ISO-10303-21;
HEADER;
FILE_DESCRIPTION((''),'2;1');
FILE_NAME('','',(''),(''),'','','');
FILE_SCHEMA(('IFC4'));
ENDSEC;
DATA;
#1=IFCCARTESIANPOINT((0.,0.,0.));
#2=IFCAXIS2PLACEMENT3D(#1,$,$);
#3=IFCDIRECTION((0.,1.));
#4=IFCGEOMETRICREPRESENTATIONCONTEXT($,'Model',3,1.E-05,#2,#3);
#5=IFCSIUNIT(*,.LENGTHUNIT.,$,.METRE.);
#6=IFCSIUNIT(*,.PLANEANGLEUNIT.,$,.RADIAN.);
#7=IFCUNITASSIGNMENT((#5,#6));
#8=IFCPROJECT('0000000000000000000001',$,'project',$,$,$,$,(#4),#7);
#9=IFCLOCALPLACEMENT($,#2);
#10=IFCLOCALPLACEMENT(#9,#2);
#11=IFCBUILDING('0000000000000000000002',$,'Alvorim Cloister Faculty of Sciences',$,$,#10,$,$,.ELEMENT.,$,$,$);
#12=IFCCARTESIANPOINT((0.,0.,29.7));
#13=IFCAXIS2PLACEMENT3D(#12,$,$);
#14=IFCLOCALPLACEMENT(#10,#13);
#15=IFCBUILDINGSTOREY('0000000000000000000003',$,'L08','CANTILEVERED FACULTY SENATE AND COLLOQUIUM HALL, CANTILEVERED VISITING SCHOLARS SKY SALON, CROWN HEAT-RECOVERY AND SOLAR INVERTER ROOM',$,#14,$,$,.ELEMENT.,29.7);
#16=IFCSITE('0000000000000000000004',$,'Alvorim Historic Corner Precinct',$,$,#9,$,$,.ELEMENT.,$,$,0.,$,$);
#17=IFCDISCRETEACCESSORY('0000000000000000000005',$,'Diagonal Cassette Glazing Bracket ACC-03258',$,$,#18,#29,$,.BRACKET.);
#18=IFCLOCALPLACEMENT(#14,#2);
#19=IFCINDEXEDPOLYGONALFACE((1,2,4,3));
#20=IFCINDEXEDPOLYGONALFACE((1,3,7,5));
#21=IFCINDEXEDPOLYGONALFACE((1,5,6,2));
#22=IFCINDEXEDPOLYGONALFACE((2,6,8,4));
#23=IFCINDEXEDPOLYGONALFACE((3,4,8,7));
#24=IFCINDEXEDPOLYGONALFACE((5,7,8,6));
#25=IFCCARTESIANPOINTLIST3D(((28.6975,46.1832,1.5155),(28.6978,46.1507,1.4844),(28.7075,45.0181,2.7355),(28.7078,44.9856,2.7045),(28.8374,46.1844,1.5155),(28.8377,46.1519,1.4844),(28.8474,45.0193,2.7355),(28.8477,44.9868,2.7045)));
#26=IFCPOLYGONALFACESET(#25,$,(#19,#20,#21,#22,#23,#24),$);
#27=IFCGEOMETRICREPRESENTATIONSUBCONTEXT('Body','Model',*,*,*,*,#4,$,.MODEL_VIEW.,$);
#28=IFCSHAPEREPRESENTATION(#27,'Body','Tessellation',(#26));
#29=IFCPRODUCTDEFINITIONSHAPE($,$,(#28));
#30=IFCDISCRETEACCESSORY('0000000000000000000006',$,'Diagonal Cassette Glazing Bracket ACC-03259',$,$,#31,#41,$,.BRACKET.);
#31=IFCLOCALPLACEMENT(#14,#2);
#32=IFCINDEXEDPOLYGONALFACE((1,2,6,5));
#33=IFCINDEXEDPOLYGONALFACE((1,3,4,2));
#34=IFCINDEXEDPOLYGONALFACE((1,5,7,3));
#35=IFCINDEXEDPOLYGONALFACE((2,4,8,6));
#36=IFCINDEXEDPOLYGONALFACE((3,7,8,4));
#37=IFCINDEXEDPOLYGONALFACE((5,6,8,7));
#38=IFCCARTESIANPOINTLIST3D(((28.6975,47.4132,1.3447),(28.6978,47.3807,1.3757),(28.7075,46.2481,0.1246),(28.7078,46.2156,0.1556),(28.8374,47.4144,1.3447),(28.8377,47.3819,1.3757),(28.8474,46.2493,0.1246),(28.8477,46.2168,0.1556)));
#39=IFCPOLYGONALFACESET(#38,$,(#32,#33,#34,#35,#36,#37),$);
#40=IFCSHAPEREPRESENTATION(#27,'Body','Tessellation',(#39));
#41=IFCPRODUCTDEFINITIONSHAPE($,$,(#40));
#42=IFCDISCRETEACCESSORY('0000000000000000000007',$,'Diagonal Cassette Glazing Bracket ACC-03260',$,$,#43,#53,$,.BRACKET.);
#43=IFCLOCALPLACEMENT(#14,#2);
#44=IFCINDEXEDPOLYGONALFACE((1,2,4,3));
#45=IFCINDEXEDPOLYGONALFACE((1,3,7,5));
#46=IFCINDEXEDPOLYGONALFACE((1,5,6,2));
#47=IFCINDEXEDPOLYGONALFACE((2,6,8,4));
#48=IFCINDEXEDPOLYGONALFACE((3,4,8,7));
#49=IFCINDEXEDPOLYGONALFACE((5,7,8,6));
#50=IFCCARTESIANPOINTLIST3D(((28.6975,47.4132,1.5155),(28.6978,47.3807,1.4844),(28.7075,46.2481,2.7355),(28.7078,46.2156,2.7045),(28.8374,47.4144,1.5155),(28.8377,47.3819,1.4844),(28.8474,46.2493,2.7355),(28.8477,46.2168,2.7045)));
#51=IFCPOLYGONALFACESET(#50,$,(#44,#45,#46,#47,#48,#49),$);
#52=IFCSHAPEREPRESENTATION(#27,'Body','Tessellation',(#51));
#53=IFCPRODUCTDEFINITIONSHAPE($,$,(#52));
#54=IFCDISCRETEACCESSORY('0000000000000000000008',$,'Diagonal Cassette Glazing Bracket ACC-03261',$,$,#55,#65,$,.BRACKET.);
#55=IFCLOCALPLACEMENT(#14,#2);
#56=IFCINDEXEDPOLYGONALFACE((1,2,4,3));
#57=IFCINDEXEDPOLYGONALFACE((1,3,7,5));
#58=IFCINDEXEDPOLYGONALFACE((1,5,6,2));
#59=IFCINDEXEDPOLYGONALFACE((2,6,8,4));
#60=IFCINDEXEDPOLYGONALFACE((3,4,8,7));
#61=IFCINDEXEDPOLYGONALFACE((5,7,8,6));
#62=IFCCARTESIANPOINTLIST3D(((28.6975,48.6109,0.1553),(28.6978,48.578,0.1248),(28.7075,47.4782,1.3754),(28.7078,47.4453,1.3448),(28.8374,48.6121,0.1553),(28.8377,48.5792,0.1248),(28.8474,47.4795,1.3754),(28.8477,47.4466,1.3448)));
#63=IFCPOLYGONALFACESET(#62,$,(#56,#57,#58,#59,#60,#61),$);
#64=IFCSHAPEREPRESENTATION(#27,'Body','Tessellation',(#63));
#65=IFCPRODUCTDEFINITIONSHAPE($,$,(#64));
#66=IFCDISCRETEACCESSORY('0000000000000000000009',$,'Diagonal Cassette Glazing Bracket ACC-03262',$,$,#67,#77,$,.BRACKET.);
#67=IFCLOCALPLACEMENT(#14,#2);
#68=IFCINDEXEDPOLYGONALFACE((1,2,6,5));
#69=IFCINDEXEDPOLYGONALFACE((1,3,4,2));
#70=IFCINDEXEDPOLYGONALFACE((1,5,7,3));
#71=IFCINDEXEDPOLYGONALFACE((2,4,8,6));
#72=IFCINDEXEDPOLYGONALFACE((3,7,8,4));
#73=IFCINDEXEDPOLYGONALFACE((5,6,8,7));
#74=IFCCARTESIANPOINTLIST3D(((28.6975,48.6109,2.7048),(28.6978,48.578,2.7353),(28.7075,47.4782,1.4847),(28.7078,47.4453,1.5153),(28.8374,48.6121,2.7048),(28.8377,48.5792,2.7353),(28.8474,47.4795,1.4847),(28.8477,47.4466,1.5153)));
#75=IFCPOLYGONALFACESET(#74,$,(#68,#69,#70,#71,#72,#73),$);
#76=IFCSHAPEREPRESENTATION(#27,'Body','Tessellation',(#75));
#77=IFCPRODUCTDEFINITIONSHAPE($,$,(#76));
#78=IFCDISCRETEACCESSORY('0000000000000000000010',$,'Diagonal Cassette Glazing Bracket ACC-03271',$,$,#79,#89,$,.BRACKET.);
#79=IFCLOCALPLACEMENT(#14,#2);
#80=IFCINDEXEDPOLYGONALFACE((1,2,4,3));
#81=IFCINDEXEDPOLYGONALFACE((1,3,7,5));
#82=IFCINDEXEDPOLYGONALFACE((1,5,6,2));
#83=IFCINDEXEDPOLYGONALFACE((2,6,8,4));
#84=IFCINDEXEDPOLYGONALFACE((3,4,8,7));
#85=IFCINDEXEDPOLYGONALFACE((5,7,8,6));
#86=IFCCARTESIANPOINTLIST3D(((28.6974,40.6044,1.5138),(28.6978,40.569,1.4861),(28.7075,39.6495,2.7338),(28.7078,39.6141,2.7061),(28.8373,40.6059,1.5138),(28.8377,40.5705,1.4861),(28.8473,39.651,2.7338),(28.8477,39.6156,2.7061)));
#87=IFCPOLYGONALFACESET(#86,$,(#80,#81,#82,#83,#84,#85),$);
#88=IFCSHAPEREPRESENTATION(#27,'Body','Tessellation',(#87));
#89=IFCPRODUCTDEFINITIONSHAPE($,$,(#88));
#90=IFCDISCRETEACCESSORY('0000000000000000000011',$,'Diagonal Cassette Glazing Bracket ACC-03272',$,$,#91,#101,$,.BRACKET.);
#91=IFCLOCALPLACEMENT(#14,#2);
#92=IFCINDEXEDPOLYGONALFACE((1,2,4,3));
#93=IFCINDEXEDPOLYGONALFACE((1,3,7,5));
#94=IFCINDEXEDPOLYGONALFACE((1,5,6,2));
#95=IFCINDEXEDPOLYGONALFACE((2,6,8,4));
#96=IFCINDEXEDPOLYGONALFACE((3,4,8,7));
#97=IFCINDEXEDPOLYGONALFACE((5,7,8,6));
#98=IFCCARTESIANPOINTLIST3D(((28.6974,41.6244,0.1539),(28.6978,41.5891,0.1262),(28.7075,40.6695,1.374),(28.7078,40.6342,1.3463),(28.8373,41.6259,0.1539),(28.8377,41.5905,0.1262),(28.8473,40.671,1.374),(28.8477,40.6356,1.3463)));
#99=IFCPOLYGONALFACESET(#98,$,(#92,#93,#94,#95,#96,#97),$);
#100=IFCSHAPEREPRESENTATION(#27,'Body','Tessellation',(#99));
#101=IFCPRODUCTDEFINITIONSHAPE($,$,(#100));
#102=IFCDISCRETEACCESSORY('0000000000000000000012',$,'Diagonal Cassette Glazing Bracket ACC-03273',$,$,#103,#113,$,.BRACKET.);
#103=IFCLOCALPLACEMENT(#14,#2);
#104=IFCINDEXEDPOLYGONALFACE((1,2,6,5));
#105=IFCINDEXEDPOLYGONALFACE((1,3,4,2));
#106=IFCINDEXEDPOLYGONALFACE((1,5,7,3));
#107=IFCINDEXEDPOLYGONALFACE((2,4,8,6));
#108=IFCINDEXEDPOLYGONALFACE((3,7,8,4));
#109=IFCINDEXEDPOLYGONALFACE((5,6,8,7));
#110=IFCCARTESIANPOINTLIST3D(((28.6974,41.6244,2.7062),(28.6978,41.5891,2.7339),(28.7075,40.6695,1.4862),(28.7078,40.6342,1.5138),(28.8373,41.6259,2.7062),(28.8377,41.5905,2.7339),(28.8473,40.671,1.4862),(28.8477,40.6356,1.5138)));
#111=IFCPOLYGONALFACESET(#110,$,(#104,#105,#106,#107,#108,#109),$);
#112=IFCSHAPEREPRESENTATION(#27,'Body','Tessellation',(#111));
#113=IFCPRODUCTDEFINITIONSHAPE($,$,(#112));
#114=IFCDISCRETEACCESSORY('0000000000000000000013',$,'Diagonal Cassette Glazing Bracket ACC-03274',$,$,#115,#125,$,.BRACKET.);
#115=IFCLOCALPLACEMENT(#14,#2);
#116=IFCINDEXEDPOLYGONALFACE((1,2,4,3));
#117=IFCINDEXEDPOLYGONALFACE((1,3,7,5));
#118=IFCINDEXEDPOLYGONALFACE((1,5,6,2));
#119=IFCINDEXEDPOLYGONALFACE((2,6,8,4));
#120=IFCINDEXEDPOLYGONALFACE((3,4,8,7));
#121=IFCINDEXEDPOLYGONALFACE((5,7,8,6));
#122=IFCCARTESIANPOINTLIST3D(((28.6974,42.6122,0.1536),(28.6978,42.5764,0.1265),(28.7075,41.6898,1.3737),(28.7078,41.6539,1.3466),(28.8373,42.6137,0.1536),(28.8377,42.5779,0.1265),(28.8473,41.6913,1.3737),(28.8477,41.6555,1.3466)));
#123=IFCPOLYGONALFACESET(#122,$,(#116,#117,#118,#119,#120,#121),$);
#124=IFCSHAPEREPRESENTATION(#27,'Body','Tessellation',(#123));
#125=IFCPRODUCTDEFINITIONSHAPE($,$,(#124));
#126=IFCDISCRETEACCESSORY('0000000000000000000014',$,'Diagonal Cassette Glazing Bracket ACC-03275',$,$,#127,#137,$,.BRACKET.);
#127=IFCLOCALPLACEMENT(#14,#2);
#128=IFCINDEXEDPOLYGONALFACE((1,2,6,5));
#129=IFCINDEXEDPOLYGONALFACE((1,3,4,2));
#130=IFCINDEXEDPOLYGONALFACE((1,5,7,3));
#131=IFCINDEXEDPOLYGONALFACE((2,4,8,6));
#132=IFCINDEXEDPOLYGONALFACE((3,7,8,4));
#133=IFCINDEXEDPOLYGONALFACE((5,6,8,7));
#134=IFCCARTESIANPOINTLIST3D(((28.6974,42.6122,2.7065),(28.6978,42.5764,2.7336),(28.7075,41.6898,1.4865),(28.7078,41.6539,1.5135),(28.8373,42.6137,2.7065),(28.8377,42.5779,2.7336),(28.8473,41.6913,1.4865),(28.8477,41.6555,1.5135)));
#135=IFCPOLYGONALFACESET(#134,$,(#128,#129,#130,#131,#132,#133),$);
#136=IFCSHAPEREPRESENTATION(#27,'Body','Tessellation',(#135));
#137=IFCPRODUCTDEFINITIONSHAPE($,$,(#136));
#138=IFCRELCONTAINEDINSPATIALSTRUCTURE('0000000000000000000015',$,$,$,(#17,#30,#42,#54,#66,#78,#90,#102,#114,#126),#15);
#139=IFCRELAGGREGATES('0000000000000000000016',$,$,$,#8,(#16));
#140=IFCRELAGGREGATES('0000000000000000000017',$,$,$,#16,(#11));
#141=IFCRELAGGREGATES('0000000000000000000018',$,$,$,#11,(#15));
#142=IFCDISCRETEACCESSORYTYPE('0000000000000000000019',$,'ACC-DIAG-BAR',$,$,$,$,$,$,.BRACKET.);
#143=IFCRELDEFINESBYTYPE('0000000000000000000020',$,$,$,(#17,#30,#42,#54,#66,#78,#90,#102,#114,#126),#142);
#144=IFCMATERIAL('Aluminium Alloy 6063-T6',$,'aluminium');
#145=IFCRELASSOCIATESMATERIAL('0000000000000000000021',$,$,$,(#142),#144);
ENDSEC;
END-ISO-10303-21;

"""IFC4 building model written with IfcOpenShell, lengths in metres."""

from ifc_helpers import new_model, si_unit, direction, frame, origin, origin_2d, place, context, subcontext, project, spatial, rectangle, extrude, material, type_object, element, save


model = new_model("IFC4")

# Units and contexts
model_context = context("Model", 3, precision=1e-05, world=origin(), true_north=direction((0.0, 1.0)))
body_context = subcontext(model_context, "Body", "Model", "MODEL_VIEW")
ifc_project = project(units=[si_unit("LENGTHUNIT", "METRE"), si_unit("PLANEANGLEUNIT", "RADIAN")], contexts=[model_context])

# Site, building, storey
site_placement = place(None, origin())
site = spatial("IfcSite", under=ifc_project, at=site_placement, Name="Alvorim Historic Corner Precinct", CompositionType="ELEMENT", RefElevation=0.0)
building_placement = place(site_placement, origin())
building = spatial("IfcBuilding", under=site, at=building_placement, Name="Alvorim Cloister Faculty of Sciences", CompositionType="ELEMENT")
storey_placement = place(building_placement, frame((0.0, 0.0, 29.7)))
storey = spatial("IfcBuildingStorey", under=building, at=storey_placement, Name="L08", Description="CANTILEVERED FACULTY SENATE AND COLLOQUIUM HALL, CANTILEVERED VISITING SCHOLARS SKY SALON, CROWN HEAT-RECOVERY AND SOLAR INVERTER ROOM", CompositionType="ELEMENT", Elevation=29.7)

# Discrete accessories
ifc_material_1 = material(Name="Aluminium Alloy 6063-T6", Category="aluminium")
discrete_accessory_type = type_object("IfcDiscreteAccessoryType", Name="ACC-DIAG-BAR", PredefinedType="BRACKET", material=ifc_material_1)
for number, where, z_axis, x_axis, name in (
    (1, (28.7776, 45.0024, 2.72), (-0.005934, 0.690625, -0.723188), (-0.999963, -0.008591, 0.0), "Diagonal Cassette Glazing Bracket ACC-03258"),
    (2, (28.7776, 46.2324, 0.1401), (-0.005934, 0.690625, 0.723188), (-0.999963, -0.008591, 0.0), "Diagonal Cassette Glazing Bracket ACC-03259"),
    (3, (28.7776, 46.2324, 2.72), (-0.005934, 0.690625, -0.723188), (-0.999963, -0.008591, 0.0), "Diagonal Cassette Glazing Bracket ACC-03260"),
):
    element("IfcDiscreteAccessory", number, at=place(storey_placement, frame(where, z_axis=z_axis, x_axis=x_axis)), inside=storey, type_object=discrete_accessory_type, Name=name, PredefinedType="BRACKET", context=body_context, shape_type="SweptSolid", body=[
        extrude(rectangle(XDim=0.1399, YDim=0.0449, at=origin_2d()), origin(), (0.0, 0.0, 1.0), 1.687),
    ])
for number, where, z_axis, x_axis, name in (
    (4, (28.7776, 47.4624, 1.3601), (-0.006013, 0.680354, -0.732859), (-0.999961, -0.008838, 0.0), "Diagonal Cassette Glazing Bracket ACC-03261"),
    (5, (28.7776, 47.4624, 1.5), (-0.006013, 0.680354, 0.732859), (-0.999961, -0.008838, 0.0), "Diagonal Cassette Glazing Bracket ACC-03262"),
):
    element("IfcDiscreteAccessory", number, at=place(storey_placement, frame(where, z_axis=z_axis, x_axis=x_axis)), inside=storey, type_object=discrete_accessory_type, Name=name, PredefinedType="BRACKET", context=body_context, shape_type="SweptSolid", body=[
        extrude(rectangle(XDim=0.1399, YDim=0.0449, at=origin_2d()), origin(), (0.0, 0.0, 1.0), 1.6648),
    ])
for number, where, z_axis, x_axis, name in (
    (6, (28.7776, 39.6326, 2.72), (-0.006461, 0.616325, -0.787465), (-0.999945, -0.010483, 0.0), "Diagonal Cassette Glazing Bracket ACC-03271"),
    (7, (28.7776, 40.6526, 1.3601), (-0.006461, 0.616325, -0.787465), (-0.999945, -0.010483, 0.0), "Diagonal Cassette Glazing Bracket ACC-03272"),
    (8, (28.7776, 40.6526, 1.5), (-0.006461, 0.616325, 0.787465), (-0.999945, -0.010483, 0.0), "Diagonal Cassette Glazing Bracket ACC-03273"),
):
    element("IfcDiscreteAccessory", number, at=place(storey_placement, frame(where, z_axis=z_axis, x_axis=x_axis)), inside=storey, type_object=discrete_accessory_type, Name=name, PredefinedType="BRACKET", context=body_context, shape_type="SweptSolid", body=[
        extrude(rectangle(XDim=0.1399, YDim=0.0449, at=origin_2d()), origin(), (0.0, 0.0, 1.0), 1.5493),
    ])
for number, where, z_axis, x_axis, name in (
    (9, (28.7776, 41.6726, 1.3601), (-0.006545, 0.603073, -0.797659), (-0.999941, -0.010852, 0.0), "Diagonal Cassette Glazing Bracket ACC-03274"),
    (10, (28.7776, 41.6726, 1.5), (-0.006545, 0.603073, 0.797659), (-0.999941, -0.010852, 0.0), "Diagonal Cassette Glazing Bracket ACC-03275"),
):
    element("IfcDiscreteAccessory", number, at=place(storey_placement, frame(where, z_axis=z_axis, x_axis=x_axis)), inside=storey, type_object=discrete_accessory_type, Name=name, PredefinedType="BRACKET", context=body_context, shape_type="SweptSolid", body=[
        extrude(rectangle(XDim=0.1399, YDim=0.0449, at=origin_2d()), origin(), (0.0, 0.0, 1.0), 1.5295),
    ])

save(model, "model.ifc")
